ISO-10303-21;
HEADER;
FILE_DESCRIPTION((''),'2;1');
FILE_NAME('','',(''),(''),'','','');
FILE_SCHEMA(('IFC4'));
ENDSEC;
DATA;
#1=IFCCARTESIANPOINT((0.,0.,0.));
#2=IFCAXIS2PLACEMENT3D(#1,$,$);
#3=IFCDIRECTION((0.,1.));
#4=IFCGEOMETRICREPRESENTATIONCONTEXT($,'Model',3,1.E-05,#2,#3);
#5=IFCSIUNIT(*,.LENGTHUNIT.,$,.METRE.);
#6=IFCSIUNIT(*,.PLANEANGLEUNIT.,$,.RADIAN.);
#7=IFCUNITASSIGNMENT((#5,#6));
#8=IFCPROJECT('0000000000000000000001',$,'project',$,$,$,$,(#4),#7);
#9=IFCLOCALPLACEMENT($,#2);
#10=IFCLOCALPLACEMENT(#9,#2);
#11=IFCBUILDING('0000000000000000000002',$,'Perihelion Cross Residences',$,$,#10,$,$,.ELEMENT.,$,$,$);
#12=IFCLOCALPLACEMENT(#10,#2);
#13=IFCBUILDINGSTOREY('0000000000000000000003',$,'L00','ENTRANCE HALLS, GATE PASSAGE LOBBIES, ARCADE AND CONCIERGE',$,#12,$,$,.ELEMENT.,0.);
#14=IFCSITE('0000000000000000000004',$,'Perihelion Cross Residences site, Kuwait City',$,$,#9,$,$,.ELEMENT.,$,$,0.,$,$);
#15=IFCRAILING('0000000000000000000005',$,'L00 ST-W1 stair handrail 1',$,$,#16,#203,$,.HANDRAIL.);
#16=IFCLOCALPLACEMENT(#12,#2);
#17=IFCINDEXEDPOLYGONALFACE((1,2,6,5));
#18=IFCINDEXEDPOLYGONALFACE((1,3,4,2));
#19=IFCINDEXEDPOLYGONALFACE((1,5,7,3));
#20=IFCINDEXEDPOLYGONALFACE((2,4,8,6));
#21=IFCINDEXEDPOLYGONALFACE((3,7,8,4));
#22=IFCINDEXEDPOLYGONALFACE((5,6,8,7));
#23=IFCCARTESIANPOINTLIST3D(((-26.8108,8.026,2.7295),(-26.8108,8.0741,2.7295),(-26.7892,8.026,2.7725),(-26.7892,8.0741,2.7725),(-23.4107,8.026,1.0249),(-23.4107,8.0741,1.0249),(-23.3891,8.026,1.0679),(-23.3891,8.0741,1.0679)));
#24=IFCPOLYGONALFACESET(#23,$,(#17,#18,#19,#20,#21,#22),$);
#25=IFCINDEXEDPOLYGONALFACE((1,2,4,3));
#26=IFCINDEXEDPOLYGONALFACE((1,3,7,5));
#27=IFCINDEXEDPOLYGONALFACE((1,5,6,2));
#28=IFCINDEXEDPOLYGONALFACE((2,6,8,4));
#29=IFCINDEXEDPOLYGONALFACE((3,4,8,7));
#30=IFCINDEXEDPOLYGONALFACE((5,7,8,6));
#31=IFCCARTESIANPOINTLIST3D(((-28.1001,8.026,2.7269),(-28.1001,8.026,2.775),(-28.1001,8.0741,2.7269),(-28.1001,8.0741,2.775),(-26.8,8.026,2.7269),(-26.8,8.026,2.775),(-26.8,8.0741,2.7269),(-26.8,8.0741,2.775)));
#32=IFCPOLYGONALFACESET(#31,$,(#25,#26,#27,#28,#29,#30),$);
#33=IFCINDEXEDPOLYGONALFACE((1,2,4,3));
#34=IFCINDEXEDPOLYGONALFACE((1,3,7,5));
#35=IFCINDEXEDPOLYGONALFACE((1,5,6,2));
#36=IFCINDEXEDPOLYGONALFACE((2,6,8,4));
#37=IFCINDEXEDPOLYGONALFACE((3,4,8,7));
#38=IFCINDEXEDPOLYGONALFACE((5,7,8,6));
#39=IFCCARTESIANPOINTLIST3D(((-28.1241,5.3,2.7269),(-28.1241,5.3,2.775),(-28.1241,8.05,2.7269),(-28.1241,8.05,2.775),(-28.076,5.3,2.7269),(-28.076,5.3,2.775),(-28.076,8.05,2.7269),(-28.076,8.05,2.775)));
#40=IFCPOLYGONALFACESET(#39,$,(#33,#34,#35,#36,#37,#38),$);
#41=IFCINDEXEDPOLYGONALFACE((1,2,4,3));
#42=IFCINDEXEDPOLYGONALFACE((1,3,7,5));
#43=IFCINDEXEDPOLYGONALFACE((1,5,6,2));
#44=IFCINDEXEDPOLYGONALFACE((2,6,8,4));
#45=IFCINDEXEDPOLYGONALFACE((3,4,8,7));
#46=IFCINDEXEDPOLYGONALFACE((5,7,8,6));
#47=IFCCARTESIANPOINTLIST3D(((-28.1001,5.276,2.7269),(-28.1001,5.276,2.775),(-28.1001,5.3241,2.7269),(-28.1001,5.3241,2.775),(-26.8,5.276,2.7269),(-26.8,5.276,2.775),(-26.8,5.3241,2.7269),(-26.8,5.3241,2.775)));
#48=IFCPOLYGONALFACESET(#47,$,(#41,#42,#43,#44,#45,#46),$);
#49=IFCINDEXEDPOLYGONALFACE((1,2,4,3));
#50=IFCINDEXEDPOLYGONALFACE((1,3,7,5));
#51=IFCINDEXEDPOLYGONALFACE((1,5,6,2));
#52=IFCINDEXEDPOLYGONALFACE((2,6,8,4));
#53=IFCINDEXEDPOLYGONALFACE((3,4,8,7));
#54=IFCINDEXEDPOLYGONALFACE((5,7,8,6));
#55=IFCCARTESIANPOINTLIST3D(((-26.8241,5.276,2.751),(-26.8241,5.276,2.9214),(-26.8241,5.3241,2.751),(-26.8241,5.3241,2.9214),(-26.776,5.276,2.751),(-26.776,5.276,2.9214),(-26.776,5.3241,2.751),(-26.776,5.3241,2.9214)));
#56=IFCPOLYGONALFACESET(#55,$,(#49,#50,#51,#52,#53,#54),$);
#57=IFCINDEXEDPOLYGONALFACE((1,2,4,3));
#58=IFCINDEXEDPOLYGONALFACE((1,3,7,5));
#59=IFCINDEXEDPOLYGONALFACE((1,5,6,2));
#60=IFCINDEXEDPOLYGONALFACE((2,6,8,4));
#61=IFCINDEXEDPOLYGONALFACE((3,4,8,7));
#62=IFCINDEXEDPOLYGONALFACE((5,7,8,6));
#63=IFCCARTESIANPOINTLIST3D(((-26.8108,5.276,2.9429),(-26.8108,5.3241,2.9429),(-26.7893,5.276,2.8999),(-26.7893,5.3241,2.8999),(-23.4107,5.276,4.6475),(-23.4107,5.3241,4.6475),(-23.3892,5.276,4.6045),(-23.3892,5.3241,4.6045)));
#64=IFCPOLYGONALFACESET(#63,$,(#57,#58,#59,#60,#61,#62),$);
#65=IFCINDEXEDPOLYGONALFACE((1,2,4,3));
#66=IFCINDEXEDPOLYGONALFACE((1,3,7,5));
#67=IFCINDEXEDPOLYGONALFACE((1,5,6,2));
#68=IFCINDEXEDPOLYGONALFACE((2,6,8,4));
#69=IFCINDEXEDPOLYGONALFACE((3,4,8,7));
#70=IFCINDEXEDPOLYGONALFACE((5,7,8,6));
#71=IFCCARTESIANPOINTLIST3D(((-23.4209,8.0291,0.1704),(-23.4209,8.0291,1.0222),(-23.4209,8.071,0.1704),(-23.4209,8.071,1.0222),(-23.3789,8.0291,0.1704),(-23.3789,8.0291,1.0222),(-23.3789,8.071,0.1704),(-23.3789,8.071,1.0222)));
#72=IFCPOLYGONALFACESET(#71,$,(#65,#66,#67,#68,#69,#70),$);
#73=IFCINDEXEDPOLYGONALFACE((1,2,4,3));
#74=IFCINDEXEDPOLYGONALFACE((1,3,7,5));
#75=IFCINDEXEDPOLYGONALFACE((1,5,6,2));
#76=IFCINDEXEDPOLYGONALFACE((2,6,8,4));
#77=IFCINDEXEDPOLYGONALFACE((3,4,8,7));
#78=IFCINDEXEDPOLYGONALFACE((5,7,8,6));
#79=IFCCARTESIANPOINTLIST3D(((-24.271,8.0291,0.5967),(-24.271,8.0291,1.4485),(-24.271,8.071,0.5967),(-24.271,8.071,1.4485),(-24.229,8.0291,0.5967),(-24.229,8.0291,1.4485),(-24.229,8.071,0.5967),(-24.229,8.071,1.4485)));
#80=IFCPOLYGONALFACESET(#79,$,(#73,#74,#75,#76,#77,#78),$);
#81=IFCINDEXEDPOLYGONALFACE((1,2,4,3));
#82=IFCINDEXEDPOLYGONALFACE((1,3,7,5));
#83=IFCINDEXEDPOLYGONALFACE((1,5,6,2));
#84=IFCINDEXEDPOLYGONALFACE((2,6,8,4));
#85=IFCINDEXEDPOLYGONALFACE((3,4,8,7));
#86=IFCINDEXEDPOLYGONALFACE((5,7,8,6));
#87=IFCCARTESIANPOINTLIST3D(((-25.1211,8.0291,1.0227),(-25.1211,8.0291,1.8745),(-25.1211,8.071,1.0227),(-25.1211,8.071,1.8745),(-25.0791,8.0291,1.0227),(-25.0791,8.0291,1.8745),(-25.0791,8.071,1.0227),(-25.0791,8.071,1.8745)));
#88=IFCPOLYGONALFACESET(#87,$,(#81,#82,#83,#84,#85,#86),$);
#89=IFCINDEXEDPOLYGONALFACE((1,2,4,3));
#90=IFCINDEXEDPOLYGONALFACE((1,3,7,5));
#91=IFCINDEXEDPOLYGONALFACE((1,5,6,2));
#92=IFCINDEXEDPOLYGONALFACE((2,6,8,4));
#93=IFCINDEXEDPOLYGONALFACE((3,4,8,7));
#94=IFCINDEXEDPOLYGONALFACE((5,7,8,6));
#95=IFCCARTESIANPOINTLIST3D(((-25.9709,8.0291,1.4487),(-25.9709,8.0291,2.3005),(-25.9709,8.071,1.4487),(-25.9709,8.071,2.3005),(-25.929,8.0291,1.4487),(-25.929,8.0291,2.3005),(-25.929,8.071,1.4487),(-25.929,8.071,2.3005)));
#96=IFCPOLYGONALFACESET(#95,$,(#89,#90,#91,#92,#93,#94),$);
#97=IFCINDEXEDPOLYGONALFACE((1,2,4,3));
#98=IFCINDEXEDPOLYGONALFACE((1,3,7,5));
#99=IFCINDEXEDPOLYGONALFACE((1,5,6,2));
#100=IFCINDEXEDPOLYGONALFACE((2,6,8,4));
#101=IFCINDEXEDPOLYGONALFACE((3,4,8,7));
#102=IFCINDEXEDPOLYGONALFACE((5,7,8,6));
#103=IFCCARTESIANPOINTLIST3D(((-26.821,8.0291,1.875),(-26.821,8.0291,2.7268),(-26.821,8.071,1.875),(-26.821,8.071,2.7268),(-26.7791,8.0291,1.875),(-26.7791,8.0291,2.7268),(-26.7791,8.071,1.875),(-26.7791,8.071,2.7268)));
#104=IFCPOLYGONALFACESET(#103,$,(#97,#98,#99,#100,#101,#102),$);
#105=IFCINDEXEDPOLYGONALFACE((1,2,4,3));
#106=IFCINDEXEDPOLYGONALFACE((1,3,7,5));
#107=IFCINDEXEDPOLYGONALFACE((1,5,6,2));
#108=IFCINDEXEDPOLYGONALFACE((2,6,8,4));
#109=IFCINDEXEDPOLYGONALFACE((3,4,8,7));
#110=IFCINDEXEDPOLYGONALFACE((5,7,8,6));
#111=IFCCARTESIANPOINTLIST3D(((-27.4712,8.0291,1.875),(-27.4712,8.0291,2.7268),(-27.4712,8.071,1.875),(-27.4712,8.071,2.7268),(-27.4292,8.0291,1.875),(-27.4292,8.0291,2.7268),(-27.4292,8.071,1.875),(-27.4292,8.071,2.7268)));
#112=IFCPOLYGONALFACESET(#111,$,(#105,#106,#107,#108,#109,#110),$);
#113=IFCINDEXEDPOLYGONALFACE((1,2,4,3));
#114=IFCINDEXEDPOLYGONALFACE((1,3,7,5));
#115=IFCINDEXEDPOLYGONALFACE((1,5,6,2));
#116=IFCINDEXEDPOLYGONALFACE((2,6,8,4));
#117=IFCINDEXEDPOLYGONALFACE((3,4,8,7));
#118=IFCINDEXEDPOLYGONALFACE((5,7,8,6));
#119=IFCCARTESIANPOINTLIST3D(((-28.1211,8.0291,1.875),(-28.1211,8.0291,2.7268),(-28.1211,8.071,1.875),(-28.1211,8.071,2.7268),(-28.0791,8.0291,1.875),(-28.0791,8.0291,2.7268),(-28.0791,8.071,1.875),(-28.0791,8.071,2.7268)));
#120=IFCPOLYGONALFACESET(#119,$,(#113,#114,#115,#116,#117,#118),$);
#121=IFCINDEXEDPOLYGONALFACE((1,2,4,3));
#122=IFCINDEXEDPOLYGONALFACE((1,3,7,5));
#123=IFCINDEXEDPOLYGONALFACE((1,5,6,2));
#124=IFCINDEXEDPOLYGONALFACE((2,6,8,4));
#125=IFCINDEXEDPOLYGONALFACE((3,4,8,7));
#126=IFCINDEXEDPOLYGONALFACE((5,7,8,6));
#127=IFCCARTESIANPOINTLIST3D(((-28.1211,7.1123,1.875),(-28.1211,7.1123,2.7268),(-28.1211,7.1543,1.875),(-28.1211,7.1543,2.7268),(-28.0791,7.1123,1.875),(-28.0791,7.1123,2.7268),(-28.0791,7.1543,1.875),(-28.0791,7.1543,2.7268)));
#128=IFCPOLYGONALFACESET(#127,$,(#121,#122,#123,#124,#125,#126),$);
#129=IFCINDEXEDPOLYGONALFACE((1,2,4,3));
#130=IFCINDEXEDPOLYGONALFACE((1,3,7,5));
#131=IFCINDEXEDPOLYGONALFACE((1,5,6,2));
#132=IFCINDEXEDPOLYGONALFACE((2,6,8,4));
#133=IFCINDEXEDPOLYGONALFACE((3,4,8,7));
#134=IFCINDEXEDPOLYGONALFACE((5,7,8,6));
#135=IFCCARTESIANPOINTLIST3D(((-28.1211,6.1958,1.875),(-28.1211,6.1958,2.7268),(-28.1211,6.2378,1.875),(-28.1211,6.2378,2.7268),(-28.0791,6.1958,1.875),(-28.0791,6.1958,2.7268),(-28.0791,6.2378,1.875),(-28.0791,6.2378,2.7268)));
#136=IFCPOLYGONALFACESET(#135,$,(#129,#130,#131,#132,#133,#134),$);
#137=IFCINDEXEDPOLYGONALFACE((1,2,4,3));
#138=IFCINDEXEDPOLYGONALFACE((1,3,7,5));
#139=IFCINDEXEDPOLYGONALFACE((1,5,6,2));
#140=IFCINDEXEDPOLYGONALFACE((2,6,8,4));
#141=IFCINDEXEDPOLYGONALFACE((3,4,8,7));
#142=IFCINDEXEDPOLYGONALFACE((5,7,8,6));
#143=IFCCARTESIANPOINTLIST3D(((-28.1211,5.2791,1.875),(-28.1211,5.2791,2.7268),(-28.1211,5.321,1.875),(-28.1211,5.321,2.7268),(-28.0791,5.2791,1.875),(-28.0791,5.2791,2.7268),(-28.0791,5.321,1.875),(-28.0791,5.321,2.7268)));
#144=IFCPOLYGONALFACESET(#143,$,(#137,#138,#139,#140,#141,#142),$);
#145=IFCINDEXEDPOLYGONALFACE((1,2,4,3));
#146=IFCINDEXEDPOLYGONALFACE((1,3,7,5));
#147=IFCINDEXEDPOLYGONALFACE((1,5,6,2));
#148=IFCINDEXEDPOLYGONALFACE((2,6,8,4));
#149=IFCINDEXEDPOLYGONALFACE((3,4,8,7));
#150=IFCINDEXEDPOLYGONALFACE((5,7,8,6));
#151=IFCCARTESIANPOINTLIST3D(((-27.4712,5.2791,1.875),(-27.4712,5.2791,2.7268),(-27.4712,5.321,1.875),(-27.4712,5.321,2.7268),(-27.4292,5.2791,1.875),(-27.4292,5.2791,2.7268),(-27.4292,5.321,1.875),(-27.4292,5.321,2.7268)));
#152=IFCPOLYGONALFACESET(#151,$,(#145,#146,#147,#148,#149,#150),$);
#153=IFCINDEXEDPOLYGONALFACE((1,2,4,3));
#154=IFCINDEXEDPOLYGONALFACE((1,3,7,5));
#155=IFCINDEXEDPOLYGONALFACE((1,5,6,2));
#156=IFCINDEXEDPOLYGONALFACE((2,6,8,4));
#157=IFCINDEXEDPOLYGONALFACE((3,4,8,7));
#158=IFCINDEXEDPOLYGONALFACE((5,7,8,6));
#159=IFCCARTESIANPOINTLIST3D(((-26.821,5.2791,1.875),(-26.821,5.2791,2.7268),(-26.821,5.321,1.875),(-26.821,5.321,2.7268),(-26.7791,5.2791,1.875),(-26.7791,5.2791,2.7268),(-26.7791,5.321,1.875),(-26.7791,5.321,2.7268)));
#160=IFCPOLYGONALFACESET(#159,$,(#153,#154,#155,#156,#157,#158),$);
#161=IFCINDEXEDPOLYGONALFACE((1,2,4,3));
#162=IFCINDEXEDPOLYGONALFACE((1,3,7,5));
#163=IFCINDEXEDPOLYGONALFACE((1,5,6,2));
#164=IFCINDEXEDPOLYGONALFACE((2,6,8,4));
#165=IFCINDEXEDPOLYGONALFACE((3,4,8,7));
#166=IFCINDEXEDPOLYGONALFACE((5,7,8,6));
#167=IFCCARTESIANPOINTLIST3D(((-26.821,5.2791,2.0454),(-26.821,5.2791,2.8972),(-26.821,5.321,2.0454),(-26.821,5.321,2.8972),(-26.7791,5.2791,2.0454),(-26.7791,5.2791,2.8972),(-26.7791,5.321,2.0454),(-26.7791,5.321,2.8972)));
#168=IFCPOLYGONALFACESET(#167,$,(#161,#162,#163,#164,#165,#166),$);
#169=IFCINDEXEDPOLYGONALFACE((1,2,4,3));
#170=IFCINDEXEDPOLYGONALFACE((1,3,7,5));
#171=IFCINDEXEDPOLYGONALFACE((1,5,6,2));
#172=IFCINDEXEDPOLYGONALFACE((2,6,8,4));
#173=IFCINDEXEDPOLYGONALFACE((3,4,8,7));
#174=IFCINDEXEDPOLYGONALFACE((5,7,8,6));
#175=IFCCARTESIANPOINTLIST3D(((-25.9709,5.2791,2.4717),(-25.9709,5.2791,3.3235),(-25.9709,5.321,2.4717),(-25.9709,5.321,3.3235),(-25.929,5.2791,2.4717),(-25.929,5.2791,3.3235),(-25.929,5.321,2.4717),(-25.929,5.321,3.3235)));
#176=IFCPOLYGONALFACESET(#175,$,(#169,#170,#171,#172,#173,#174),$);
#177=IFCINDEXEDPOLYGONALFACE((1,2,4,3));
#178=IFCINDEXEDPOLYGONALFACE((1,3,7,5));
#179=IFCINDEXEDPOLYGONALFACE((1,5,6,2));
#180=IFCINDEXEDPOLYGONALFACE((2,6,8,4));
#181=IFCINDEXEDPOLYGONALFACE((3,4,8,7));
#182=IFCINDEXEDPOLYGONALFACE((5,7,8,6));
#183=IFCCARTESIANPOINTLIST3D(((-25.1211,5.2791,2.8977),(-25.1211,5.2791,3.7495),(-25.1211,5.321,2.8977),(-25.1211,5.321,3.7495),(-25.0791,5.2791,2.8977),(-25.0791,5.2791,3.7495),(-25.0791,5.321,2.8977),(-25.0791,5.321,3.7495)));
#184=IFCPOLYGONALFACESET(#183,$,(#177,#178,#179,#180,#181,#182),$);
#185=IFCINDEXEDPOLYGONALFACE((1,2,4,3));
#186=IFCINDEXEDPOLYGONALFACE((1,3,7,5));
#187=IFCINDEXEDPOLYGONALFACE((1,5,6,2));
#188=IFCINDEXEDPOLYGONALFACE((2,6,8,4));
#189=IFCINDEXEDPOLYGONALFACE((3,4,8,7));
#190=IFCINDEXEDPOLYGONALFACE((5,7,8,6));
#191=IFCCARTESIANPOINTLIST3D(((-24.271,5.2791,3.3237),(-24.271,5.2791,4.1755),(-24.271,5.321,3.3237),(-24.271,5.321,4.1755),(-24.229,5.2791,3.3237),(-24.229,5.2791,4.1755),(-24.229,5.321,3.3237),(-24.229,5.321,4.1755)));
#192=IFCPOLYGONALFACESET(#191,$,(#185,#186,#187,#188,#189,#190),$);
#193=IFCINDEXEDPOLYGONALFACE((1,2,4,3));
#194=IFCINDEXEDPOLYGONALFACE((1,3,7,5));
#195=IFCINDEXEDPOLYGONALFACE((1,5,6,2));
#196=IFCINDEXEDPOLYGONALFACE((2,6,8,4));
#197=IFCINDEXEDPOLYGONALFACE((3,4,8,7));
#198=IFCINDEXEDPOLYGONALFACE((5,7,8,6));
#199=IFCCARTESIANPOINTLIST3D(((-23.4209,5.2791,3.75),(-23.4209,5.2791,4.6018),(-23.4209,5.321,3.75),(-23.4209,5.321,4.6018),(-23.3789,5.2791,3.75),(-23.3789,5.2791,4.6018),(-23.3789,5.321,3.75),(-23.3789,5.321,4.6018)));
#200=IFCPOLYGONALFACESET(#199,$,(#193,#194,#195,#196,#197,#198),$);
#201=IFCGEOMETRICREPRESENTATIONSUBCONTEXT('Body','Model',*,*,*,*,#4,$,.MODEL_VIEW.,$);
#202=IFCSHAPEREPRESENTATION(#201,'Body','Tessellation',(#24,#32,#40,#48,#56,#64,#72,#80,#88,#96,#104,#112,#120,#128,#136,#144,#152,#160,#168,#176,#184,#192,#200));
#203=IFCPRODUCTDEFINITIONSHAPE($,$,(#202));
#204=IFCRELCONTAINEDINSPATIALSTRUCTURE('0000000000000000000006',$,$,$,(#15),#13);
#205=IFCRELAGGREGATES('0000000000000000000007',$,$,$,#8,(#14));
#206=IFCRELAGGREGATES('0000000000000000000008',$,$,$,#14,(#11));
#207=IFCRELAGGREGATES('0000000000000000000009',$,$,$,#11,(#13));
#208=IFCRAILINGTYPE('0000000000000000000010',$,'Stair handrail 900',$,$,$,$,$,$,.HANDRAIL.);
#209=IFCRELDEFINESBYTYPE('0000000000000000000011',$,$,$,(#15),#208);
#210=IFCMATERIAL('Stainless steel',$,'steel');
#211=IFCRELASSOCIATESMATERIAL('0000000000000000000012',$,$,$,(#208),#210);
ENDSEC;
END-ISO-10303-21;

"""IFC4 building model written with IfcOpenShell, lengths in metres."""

from ifc_helpers import new_model, si_unit, direction, frame, origin, origin_2d, place, context, subcontext, project, spatial, rectangle, extrude, material, type_object, element, save


model = new_model("IFC4")

# Units and contexts
model_context = context("Model", 3, precision=1e-05, world=origin(), true_north=direction((0.0, 1.0)))
body_context = subcontext(model_context, "Body", "Model", "MODEL_VIEW")
ifc_project = project(units=[si_unit("LENGTHUNIT", "METRE"), si_unit("PLANEANGLEUNIT", "RADIAN")], contexts=[model_context])

# Site, building, storey
site_placement = place(None, origin())
site = spatial("IfcSite", under=ifc_project, at=site_placement, Name="Perihelion Cross Residences site, Kuwait City", CompositionType="ELEMENT", RefElevation=0.0)
building_placement = place(site_placement, origin())
building = spatial("IfcBuilding", under=site, at=building_placement, Name="Perihelion Cross Residences", CompositionType="ELEMENT")
storey_placement = place(building_placement, origin())
storey = spatial("IfcBuildingStorey", under=building, at=storey_placement, Name="L00", Description="ENTRANCE HALLS, GATE PASSAGE LOBBIES, ARCADE AND CONCIERGE", CompositionType="ELEMENT", Elevation=0.0)

# Railing
ifc_material_1 = material(Name="Stainless steel", Category="steel")
railing_type_1 = type_object("IfcRailingType", Name="Stair handrail 900", PredefinedType="HANDRAIL", material=ifc_material_1)
railing_1_placement = place(storey_placement, frame((-23.3999, 8.05, 0.1704)))
element("IfcRailing", 1, at=railing_1_placement, inside=storey, type_object=railing_type_1, Name="L00 ST-W1 stair handrail 1", PredefinedType="HANDRAIL", context=body_context, shape_type="SweptSolid", body=[
    extrude(rectangle(XDim=0.0481, YDim=0.0481, at=origin_2d()), frame((0.0, 0.0, 0.876), z_axis=(-0.893952, 0.0, 0.448163), x_axis=(0.0, -1.0, 0.0)), (0.0, 0.0, 1.0), 3.8035),
    extrude(rectangle(XDim=0.0481, YDim=0.0481, at=origin_2d()), frame((-3.4001, 0.0, 2.5806), z_axis=(-1.0, 0.0, 0.0), x_axis=(0.0, -1.0, 0.0)), (0.0, 0.0, 1.0), 1.3),
    extrude(rectangle(XDim=0.0481, YDim=0.0481, at=origin_2d()), frame((-4.7002, 0.0, 2.5806), z_axis=(0.0, -1.0, 0.0), x_axis=(1.0, 0.0, 0.0)), (0.0, 0.0, 1.0), 2.75),
    extrude(rectangle(XDim=0.0481, YDim=0.0481, at=origin_2d()), frame((-4.7002, -2.75, 2.5806), z_axis=(1.0, 0.0, 0.0), x_axis=(0.0, 1.0, 0.0)), (0.0, 0.0, 1.0), 1.3),
    extrude(rectangle(XDim=0.0481, YDim=0.0481, at=origin_2d()), frame((-3.4001, -2.75, 2.5806), z_axis=(0.0, 0.0, 1.0), x_axis=(1.0, 0.0, 0.0)), (0.0, 0.0, 1.0), 0.1704),
    extrude(rectangle(XDim=0.0481, YDim=0.0481, at=origin_2d()), frame((-3.4001, -2.75, 2.751), z_axis=(0.893952, 0.0, 0.448163), x_axis=(0.0, 1.0, 0.0)), (0.0, 0.0, 1.0), 3.8035),
    extrude(rectangle(XDim=0.042, YDim=0.042, at=origin_2d()), origin(), (0.0, 0.0, 1.0), 0.8518),
    extrude(rectangle(XDim=0.042, YDim=0.042, at=origin_2d()), frame((-0.8501, 0.0, 0.4263)), (0.0, 0.0, 1.0), 0.8518),
    extrude(rectangle(XDim=0.042, YDim=0.042, at=origin_2d()), frame((-1.7002, 0.0, 0.8523)), (0.0, 0.0, 1.0), 0.8518),
    extrude(rectangle(XDim=0.042, YDim=0.042, at=origin_2d()), frame((-2.55, 0.0, 1.2783)), (0.0, 0.0, 1.0), 0.8518),
    extrude(rectangle(XDim=0.042, YDim=0.042, at=origin_2d()), frame((-3.4001, 0.0, 1.7046)), (0.0, 0.0, 1.0), 0.8518),
    extrude(rectangle(XDim=0.042, YDim=0.042, at=origin_2d()), frame((-4.0503, 0.0, 1.7046)), (0.0, 0.0, 1.0), 0.8518),
    extrude(rectangle(XDim=0.042, YDim=0.042, at=origin_2d()), frame((-4.7002, 0.0, 1.7046)), (0.0, 0.0, 1.0), 0.8518),
    extrude(rectangle(XDim=0.042, YDim=0.042, at=origin_2d()), frame((-4.7002, -0.9167, 1.7046)), (0.0, 0.0, 1.0), 0.8518),
    extrude(rectangle(XDim=0.042, YDim=0.042, at=origin_2d()), frame((-4.7002, -1.8333, 1.7046)), (0.0, 0.0, 1.0), 0.8518),
    extrude(rectangle(XDim=0.042, YDim=0.042, at=origin_2d()), frame((-4.7002, -2.75, 1.7046)), (0.0, 0.0, 1.0), 0.8518),
    extrude(rectangle(XDim=0.042, YDim=0.042, at=origin_2d()), frame((-4.0503, -2.75, 1.7046)), (0.0, 0.0, 1.0), 0.8518),
    extrude(rectangle(XDim=0.042, YDim=0.042, at=origin_2d()), frame((-3.4001, -2.75, 1.7046)), (0.0, 0.0, 1.0), 0.8518),
    extrude(rectangle(XDim=0.042, YDim=0.042, at=origin_2d()), frame((-3.4001, -2.75, 1.875)), (0.0, 0.0, 1.0), 0.8518),
    extrude(rectangle(XDim=0.042, YDim=0.042, at=origin_2d()), frame((-2.55, -2.75, 2.3013)), (0.0, 0.0, 1.0), 0.8518),
    extrude(rectangle(XDim=0.042, YDim=0.042, at=origin_2d()), frame((-1.7002, -2.75, 2.7273)), (0.0, 0.0, 1.0), 0.8518),
    extrude(rectangle(XDim=0.042, YDim=0.042, at=origin_2d()), frame((-0.8501, -2.75, 3.1533)), (0.0, 0.0, 1.0), 0.8518),
    extrude(rectangle(XDim=0.042, YDim=0.042, at=origin_2d()), frame((0.0, -2.75, 3.5796)), (0.0, 0.0, 1.0), 0.8518),
])

save(model, "model.ifc")
